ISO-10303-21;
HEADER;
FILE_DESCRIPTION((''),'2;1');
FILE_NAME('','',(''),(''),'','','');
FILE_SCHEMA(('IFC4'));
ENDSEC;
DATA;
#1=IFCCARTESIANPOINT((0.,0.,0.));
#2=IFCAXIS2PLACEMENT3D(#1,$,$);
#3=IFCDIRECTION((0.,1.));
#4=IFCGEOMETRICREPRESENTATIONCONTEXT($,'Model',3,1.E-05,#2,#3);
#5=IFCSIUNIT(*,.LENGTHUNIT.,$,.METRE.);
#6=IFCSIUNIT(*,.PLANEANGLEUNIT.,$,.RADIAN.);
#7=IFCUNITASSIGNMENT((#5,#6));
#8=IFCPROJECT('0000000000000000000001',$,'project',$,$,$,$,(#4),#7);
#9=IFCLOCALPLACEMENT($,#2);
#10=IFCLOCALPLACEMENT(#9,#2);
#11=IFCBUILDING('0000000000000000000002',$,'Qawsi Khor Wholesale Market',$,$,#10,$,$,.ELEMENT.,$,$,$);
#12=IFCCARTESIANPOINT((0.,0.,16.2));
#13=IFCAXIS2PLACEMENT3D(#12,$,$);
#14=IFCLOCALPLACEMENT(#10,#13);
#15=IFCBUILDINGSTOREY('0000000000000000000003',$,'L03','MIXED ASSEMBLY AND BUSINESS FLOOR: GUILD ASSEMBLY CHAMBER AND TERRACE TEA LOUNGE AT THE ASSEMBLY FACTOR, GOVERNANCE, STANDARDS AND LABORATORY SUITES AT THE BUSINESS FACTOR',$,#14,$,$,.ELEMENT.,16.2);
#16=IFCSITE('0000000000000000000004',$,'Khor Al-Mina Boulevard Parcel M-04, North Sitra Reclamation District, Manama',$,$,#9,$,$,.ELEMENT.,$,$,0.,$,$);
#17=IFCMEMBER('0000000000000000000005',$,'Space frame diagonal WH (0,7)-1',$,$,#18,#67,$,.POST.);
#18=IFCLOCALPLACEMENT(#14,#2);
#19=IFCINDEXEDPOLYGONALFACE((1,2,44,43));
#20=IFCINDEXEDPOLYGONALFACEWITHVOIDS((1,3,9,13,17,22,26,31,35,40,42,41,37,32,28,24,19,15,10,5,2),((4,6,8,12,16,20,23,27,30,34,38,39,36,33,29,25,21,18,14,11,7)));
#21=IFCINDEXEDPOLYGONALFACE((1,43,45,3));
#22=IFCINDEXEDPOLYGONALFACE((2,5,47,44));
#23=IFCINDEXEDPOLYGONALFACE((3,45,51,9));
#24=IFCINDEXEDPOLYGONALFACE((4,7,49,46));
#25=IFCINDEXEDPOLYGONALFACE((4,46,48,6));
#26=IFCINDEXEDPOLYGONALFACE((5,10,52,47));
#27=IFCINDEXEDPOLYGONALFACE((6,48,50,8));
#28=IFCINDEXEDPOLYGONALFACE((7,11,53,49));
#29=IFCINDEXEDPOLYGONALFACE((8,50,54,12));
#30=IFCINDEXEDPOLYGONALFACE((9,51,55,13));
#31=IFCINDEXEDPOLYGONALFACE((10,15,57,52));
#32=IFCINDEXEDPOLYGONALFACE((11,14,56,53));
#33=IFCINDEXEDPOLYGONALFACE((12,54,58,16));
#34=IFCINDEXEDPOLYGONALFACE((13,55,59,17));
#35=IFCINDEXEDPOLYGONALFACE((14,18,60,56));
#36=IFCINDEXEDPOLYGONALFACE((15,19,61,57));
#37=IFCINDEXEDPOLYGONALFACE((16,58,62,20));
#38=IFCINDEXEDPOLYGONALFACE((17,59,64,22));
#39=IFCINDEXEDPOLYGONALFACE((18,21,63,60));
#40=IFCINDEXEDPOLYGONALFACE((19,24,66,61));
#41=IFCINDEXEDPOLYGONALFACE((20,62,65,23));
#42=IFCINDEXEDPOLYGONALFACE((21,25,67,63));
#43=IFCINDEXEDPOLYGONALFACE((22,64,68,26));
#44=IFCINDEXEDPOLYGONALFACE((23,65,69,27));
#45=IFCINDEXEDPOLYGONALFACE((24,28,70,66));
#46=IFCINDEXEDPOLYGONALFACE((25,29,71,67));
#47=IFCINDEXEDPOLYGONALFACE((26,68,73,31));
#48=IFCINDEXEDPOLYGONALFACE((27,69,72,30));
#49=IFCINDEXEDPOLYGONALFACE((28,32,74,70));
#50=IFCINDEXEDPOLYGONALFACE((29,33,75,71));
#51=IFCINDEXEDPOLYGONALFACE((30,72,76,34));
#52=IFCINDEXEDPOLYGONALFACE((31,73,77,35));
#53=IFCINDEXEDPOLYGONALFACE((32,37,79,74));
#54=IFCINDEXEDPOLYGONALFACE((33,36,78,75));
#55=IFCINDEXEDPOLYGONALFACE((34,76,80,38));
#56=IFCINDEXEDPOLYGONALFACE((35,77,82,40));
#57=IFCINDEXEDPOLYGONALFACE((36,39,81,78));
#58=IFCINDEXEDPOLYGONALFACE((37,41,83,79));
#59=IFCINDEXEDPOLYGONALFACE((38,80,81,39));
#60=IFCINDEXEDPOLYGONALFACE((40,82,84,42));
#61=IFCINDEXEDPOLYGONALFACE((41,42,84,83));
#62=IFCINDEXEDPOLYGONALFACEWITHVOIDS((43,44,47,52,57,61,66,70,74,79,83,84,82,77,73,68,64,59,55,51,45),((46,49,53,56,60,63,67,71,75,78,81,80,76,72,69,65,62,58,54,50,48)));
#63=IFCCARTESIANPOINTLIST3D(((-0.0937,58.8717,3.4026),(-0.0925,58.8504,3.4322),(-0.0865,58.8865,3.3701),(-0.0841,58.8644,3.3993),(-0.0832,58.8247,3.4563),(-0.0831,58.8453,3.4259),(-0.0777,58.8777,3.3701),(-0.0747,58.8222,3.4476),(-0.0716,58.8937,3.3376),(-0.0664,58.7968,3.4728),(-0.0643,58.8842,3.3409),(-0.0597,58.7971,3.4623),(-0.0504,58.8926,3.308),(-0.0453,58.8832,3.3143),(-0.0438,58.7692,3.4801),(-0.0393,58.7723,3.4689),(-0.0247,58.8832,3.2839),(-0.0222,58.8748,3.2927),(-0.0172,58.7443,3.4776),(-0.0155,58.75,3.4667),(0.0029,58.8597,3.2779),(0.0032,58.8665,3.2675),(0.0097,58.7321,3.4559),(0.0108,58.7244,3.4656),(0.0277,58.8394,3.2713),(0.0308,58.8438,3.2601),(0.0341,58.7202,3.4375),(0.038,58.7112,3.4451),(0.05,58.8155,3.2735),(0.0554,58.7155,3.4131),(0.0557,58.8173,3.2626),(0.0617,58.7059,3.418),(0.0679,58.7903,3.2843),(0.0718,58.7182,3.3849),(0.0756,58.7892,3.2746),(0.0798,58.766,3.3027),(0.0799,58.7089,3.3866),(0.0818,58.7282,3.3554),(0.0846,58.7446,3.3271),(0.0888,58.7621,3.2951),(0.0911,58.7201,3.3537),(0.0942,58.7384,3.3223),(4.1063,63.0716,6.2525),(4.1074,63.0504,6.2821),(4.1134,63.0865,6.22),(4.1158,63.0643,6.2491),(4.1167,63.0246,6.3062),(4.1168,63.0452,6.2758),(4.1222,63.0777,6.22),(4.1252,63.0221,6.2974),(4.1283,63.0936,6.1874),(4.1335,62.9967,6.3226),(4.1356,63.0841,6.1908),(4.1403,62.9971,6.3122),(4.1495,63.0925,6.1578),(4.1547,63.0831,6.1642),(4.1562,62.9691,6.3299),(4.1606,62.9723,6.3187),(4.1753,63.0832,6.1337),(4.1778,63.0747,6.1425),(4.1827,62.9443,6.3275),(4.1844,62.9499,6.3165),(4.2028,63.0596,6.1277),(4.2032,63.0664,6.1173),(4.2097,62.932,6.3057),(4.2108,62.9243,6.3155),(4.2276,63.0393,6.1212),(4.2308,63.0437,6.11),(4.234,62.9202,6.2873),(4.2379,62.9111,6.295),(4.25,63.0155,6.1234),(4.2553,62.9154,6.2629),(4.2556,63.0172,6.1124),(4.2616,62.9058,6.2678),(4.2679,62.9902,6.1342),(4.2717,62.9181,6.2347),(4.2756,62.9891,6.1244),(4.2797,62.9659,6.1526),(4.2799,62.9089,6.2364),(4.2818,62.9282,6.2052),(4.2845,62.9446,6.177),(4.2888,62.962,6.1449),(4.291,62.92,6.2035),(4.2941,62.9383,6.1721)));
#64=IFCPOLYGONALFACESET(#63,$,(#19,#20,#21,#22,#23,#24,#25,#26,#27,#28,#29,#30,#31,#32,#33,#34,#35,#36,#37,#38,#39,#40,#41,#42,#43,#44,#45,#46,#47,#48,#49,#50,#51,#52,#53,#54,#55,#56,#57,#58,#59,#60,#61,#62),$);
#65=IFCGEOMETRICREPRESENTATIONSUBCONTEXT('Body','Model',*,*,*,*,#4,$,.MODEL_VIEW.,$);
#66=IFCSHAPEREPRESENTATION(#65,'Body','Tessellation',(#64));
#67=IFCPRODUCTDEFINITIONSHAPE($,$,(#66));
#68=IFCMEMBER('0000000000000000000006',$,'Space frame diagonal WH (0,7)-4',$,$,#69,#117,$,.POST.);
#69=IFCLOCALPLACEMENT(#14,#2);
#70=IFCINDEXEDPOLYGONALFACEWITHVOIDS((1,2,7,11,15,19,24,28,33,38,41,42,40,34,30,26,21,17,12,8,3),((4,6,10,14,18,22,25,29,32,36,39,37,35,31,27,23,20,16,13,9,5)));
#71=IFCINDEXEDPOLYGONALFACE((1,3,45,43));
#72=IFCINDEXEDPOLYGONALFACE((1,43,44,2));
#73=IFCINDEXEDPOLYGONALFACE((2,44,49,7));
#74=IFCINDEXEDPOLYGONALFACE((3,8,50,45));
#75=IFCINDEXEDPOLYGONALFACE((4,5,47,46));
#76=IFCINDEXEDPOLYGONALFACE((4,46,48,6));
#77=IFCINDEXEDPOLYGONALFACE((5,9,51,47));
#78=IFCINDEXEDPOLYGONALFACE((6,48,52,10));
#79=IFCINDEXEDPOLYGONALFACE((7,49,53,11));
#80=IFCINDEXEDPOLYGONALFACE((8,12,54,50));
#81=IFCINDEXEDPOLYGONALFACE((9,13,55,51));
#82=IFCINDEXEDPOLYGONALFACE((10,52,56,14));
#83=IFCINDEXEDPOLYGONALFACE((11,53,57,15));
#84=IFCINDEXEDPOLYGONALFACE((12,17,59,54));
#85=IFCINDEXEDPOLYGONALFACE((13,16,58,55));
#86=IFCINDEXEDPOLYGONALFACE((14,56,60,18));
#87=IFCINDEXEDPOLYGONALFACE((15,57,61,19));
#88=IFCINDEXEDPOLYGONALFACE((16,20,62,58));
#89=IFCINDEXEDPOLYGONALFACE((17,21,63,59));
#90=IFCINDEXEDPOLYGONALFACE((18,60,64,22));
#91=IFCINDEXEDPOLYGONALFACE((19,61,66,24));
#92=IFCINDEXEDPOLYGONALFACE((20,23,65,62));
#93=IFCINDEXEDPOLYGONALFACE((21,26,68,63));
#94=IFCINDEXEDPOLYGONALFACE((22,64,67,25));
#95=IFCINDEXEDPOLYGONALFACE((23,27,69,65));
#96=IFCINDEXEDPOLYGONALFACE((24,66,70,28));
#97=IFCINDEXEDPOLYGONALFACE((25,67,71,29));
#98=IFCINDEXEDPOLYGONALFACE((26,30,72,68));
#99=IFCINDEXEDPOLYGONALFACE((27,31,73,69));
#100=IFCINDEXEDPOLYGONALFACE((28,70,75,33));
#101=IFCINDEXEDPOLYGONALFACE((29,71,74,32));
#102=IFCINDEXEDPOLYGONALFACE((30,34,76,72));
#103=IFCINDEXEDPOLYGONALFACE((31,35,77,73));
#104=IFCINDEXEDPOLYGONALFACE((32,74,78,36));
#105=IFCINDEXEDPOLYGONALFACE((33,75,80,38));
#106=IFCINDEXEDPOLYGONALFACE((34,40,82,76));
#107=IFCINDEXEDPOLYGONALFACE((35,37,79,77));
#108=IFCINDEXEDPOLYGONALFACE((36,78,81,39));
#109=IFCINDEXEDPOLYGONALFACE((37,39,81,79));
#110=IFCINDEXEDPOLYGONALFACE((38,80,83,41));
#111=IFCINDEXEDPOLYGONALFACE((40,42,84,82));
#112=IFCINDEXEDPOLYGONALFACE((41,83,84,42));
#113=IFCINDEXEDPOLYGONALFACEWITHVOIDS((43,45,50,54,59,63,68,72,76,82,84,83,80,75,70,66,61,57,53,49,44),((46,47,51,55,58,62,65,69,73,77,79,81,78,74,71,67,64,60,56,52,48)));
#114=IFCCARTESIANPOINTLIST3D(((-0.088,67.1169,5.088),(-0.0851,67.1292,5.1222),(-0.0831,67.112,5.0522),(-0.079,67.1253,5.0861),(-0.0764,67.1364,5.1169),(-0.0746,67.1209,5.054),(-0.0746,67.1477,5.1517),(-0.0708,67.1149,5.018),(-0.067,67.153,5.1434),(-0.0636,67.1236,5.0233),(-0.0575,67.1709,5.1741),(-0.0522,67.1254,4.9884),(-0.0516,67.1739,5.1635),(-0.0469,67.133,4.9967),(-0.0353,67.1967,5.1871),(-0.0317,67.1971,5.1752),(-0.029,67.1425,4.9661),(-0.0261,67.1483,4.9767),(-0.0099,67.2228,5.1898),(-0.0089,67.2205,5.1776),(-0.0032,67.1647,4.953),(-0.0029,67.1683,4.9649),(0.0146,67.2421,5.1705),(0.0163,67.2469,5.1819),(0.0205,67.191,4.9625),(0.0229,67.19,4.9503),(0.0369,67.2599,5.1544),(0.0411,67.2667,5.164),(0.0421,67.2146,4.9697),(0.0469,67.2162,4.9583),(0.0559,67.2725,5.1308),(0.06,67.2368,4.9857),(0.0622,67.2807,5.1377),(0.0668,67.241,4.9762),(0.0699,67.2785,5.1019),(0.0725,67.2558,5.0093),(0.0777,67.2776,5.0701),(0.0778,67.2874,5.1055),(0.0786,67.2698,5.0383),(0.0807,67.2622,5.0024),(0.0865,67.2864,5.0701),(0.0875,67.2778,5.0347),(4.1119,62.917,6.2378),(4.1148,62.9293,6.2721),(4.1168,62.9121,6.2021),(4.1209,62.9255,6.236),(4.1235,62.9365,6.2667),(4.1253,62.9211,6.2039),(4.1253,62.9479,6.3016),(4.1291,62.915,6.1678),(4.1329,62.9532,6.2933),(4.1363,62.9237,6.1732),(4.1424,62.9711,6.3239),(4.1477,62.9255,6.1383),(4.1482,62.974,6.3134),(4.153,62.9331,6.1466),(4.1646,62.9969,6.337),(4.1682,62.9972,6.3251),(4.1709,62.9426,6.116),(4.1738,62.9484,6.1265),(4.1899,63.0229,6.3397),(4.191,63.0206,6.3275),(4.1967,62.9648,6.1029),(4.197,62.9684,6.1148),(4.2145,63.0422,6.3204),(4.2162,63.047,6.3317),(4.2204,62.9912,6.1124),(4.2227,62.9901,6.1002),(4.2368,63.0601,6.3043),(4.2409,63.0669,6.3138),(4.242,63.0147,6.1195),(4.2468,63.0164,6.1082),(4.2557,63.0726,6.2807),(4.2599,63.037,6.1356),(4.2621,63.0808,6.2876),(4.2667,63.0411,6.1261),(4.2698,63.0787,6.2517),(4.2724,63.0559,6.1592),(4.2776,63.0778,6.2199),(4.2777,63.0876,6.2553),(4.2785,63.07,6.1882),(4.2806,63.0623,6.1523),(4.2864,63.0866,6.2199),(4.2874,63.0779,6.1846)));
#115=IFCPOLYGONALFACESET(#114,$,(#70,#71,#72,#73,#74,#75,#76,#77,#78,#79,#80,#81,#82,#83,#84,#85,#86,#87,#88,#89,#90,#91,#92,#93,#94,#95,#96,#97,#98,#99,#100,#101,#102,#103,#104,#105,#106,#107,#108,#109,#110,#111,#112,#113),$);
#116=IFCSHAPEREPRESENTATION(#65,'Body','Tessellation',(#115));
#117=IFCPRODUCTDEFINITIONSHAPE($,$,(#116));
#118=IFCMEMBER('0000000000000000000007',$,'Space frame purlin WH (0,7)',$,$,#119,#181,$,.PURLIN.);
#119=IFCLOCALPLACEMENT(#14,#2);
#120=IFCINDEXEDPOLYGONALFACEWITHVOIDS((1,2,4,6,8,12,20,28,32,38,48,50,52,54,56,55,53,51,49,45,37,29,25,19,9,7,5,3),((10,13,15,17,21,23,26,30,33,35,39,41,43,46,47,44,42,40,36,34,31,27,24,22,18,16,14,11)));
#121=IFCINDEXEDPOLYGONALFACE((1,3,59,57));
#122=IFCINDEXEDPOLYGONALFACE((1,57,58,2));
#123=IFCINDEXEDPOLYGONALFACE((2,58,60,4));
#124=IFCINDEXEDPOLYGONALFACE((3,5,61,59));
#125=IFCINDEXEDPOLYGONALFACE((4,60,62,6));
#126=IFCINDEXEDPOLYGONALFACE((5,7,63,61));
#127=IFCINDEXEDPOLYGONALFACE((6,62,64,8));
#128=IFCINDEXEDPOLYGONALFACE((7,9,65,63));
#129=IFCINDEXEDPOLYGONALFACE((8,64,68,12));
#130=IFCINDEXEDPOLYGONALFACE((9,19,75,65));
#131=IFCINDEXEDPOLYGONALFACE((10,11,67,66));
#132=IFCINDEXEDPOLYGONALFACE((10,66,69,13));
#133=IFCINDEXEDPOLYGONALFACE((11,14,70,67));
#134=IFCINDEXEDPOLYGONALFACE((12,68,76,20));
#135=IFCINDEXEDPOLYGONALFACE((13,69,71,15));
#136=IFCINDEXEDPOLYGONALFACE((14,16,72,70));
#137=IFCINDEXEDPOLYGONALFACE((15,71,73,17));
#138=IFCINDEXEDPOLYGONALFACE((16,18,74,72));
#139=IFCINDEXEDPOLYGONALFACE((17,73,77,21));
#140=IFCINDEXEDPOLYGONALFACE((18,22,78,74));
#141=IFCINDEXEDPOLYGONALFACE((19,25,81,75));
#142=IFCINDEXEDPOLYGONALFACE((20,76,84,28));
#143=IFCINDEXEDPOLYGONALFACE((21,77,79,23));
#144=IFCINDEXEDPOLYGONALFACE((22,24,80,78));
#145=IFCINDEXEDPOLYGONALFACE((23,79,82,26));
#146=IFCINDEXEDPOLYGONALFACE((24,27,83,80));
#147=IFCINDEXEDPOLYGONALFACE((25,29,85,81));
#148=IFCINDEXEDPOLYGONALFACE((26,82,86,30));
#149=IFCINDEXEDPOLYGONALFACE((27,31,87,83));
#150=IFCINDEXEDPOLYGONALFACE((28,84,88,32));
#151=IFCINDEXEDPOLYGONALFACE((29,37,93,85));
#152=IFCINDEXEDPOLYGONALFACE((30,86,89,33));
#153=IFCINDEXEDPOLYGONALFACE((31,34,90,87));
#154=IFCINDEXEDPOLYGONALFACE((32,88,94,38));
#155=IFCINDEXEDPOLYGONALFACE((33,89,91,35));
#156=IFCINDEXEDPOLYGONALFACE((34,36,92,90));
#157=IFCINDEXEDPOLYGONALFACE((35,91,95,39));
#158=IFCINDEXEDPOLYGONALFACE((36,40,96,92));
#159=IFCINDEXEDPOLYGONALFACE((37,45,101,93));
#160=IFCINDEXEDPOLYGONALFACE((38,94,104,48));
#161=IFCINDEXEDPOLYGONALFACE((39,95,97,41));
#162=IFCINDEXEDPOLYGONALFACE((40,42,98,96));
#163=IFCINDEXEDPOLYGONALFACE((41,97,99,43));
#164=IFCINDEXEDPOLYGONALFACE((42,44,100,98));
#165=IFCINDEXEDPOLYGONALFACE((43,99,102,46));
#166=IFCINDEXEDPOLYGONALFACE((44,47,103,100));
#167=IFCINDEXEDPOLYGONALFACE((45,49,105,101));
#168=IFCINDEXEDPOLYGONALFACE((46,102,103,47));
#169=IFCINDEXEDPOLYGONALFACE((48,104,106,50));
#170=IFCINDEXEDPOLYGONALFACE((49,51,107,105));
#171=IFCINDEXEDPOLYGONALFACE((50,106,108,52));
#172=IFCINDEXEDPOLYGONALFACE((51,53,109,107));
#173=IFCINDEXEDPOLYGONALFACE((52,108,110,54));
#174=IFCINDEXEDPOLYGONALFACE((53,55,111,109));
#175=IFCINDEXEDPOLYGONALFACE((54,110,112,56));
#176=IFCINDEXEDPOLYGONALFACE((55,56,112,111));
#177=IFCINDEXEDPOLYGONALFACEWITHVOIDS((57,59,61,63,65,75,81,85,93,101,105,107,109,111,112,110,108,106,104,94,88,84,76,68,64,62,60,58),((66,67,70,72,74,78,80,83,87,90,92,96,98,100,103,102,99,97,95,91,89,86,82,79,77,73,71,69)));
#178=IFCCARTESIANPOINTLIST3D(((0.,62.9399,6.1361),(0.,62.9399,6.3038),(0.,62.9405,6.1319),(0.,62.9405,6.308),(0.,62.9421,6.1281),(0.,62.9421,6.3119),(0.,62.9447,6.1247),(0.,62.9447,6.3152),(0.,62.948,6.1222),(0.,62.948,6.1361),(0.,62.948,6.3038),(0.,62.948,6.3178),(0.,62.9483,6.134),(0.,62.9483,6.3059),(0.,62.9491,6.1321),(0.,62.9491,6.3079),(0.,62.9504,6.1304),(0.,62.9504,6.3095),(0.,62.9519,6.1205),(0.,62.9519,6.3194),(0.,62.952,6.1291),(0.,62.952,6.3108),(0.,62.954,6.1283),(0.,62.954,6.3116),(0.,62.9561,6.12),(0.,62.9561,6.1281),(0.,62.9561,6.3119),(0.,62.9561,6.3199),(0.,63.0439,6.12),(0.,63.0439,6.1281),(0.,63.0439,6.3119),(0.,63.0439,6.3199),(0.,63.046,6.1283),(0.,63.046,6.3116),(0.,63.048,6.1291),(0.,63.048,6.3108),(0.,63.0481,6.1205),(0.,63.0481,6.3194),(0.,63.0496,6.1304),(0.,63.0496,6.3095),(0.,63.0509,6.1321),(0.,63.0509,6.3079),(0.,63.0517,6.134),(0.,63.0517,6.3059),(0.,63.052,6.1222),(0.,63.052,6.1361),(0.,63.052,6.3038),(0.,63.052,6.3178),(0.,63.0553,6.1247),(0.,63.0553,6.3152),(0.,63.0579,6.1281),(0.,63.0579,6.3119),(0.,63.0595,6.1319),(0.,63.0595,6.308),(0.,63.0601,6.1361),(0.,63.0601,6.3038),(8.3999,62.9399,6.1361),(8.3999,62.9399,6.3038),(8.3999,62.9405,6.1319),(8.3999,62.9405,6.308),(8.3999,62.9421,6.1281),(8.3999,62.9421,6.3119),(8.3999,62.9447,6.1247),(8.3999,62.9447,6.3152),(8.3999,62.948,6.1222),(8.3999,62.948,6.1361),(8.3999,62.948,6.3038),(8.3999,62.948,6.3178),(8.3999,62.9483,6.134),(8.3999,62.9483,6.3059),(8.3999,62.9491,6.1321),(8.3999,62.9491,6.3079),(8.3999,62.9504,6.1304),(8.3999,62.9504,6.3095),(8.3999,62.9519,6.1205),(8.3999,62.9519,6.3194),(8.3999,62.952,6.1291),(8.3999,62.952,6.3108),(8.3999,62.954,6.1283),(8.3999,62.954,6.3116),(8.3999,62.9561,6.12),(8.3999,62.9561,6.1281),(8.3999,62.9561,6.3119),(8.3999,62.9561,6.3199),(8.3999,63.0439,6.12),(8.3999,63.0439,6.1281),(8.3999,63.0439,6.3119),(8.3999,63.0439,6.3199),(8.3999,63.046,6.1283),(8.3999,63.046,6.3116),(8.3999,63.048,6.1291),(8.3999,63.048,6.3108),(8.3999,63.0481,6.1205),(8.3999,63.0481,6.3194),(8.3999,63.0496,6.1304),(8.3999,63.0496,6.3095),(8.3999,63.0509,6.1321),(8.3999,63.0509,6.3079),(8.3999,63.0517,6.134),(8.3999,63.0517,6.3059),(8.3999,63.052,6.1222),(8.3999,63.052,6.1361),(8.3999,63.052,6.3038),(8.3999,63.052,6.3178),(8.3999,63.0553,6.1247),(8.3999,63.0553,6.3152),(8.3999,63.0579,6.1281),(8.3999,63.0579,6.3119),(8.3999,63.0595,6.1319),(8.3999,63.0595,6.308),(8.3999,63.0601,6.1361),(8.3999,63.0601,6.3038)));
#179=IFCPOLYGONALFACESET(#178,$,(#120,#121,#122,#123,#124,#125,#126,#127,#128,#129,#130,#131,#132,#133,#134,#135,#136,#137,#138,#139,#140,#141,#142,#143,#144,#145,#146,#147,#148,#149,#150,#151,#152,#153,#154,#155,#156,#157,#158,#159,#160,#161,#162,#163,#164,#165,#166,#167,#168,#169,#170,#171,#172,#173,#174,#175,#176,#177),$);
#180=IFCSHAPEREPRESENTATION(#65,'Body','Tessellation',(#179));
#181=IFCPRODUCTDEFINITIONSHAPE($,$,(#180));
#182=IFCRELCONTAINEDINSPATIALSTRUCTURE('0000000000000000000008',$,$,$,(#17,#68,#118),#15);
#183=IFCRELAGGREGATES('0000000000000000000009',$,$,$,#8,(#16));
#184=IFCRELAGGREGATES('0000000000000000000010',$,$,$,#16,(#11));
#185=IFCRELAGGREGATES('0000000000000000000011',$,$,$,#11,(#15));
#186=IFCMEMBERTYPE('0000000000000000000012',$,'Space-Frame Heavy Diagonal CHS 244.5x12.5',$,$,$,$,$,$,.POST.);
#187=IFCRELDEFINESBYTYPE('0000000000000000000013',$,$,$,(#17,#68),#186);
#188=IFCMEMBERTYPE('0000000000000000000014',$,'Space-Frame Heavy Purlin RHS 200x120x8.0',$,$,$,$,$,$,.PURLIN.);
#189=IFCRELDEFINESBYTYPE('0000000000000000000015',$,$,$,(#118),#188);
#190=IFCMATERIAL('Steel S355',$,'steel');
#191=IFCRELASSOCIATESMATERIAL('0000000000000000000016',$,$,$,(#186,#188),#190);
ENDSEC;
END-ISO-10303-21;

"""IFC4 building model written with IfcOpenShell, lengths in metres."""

from ifc_helpers import new_model, si_unit, direction, frame, origin, origin_2d, place, context, subcontext, project, spatial, hollow_rectangle, hollow_circle, extrude, material, material_profile, profile_set, type_object, element, save


model = new_model("IFC4")

# Units and contexts
model_context = context("Model", 3, precision=1e-05, world=origin(), true_north=direction((0.0, 1.0)))
body_context = subcontext(model_context, "Body", "Model", "MODEL_VIEW")
ifc_project = project(units=[si_unit("LENGTHUNIT", "METRE"), si_unit("PLANEANGLEUNIT", "RADIAN")], contexts=[model_context])

# Site, building, storey
site_placement = place(None, origin())
site = spatial("IfcSite", under=ifc_project, at=site_placement, Name="Khor Al-Mina Boulevard Parcel M-04, North Sitra Reclamation District, Manama", CompositionType="ELEMENT", RefElevation=0.0)
building_placement = place(site_placement, origin())
building = spatial("IfcBuilding", under=site, at=building_placement, Name="Qawsi Khor Wholesale Market", CompositionType="ELEMENT")
storey_placement = place(building_placement, frame((0.0, 0.0, 16.2)))
storey = spatial("IfcBuildingStorey", under=building, at=storey_placement, Name="L03", Description="MIXED ASSEMBLY AND BUSINESS FLOOR: GUILD ASSEMBLY CHAMBER AND TERRACE TEA LOUNGE AT THE ASSEMBLY FACTOR, GOVERNANCE, STANDARDS AND LABORATORY SUITES AT THE BUSINESS FACTOR", CompositionType="ELEMENT", Elevation=16.2)

# Members
ifc_material_1 = material(Name="Steel S355", Category="steel")
ifc_material_profile_1 = material_profile(ifc_material_1, hollow_circle(Radius=0.1223, WallThickness=0.0125, at=origin_2d()), Name="CHS 244.5x12.5")
ifc_profile_set_1 = profile_set([ifc_material_profile_1], Name="Steel S355")
member_type_1 = type_object("IfcMemberType", Name="Space-Frame Heavy Diagonal CHS 244.5x12.5", PredefinedType="POST", material=ifc_profile_set_1)
member_1_placement = place(storey_placement, frame((0.0, 58.8, 3.3701), z_axis=(0.637522, 0.637522, 0.432587), x_axis=(-0.707107, 0.707107, 0.0)))
element("IfcMember", 1, at=member_1_placement, inside=storey, type_object=member_type_1, Name="Space frame diagonal WH (0,7)-1", PredefinedType="POST", context=body_context, shape_type="SweptSolid", body=[
    extrude(hollow_circle(Radius=0.1223, WallThickness=0.0125, at=origin_2d()), origin(), (0.0, 0.0, 1.0), 6.5879),
])
member_2_placement = place(storey_placement, frame((0.0, 67.2, 5.0701), z_axis=(0.694217, -0.694217, 0.190069), x_axis=(0.707107, 0.707107, 0.0)))
element("IfcMember", 2, at=member_2_placement, inside=storey, type_object=member_type_1, Name="Space frame diagonal WH (0,7)-4", PredefinedType="POST", context=body_context, shape_type="SweptSolid", body=[
    extrude(hollow_circle(Radius=0.1223, WallThickness=0.0125, at=origin_2d()), origin(), (0.0, 0.0, 1.0), 6.0498),
])
ifc_material_profile_2 = material_profile(ifc_material_1, hollow_rectangle(XDim=0.1201, YDim=0.2, WallThickness=0.0081, InnerFilletRadius=0.0081, OuterFilletRadius=0.0161, at=origin_2d()), Name="RHS 200x120x8.0")
ifc_profile_set_2 = profile_set([ifc_material_profile_2], Name="Steel S355")
member_type_2 = type_object("IfcMemberType", Name="Space-Frame Heavy Purlin RHS 200x120x8.0", PredefinedType="PURLIN", material=ifc_profile_set_2)
member_3_placement = place(storey_placement, frame((0.0, 63.0, 6.22), z_axis=(1.0, 0.0, 0.0), x_axis=(0.0, 1.0, 0.0)))
element("IfcMember", 3, at=member_3_placement, inside=storey, type_object=member_type_2, Name="Space frame purlin WH (0,7)", PredefinedType="PURLIN", context=body_context, shape_type="SweptSolid", body=[
    extrude(hollow_rectangle(XDim=0.1201, YDim=0.2, WallThickness=0.0081, InnerFilletRadius=0.0081, OuterFilletRadius=0.0161, at=origin_2d()), origin(), (0.0, 0.0, 1.0), 8.3999),
])

save(model, "model.ifc")
